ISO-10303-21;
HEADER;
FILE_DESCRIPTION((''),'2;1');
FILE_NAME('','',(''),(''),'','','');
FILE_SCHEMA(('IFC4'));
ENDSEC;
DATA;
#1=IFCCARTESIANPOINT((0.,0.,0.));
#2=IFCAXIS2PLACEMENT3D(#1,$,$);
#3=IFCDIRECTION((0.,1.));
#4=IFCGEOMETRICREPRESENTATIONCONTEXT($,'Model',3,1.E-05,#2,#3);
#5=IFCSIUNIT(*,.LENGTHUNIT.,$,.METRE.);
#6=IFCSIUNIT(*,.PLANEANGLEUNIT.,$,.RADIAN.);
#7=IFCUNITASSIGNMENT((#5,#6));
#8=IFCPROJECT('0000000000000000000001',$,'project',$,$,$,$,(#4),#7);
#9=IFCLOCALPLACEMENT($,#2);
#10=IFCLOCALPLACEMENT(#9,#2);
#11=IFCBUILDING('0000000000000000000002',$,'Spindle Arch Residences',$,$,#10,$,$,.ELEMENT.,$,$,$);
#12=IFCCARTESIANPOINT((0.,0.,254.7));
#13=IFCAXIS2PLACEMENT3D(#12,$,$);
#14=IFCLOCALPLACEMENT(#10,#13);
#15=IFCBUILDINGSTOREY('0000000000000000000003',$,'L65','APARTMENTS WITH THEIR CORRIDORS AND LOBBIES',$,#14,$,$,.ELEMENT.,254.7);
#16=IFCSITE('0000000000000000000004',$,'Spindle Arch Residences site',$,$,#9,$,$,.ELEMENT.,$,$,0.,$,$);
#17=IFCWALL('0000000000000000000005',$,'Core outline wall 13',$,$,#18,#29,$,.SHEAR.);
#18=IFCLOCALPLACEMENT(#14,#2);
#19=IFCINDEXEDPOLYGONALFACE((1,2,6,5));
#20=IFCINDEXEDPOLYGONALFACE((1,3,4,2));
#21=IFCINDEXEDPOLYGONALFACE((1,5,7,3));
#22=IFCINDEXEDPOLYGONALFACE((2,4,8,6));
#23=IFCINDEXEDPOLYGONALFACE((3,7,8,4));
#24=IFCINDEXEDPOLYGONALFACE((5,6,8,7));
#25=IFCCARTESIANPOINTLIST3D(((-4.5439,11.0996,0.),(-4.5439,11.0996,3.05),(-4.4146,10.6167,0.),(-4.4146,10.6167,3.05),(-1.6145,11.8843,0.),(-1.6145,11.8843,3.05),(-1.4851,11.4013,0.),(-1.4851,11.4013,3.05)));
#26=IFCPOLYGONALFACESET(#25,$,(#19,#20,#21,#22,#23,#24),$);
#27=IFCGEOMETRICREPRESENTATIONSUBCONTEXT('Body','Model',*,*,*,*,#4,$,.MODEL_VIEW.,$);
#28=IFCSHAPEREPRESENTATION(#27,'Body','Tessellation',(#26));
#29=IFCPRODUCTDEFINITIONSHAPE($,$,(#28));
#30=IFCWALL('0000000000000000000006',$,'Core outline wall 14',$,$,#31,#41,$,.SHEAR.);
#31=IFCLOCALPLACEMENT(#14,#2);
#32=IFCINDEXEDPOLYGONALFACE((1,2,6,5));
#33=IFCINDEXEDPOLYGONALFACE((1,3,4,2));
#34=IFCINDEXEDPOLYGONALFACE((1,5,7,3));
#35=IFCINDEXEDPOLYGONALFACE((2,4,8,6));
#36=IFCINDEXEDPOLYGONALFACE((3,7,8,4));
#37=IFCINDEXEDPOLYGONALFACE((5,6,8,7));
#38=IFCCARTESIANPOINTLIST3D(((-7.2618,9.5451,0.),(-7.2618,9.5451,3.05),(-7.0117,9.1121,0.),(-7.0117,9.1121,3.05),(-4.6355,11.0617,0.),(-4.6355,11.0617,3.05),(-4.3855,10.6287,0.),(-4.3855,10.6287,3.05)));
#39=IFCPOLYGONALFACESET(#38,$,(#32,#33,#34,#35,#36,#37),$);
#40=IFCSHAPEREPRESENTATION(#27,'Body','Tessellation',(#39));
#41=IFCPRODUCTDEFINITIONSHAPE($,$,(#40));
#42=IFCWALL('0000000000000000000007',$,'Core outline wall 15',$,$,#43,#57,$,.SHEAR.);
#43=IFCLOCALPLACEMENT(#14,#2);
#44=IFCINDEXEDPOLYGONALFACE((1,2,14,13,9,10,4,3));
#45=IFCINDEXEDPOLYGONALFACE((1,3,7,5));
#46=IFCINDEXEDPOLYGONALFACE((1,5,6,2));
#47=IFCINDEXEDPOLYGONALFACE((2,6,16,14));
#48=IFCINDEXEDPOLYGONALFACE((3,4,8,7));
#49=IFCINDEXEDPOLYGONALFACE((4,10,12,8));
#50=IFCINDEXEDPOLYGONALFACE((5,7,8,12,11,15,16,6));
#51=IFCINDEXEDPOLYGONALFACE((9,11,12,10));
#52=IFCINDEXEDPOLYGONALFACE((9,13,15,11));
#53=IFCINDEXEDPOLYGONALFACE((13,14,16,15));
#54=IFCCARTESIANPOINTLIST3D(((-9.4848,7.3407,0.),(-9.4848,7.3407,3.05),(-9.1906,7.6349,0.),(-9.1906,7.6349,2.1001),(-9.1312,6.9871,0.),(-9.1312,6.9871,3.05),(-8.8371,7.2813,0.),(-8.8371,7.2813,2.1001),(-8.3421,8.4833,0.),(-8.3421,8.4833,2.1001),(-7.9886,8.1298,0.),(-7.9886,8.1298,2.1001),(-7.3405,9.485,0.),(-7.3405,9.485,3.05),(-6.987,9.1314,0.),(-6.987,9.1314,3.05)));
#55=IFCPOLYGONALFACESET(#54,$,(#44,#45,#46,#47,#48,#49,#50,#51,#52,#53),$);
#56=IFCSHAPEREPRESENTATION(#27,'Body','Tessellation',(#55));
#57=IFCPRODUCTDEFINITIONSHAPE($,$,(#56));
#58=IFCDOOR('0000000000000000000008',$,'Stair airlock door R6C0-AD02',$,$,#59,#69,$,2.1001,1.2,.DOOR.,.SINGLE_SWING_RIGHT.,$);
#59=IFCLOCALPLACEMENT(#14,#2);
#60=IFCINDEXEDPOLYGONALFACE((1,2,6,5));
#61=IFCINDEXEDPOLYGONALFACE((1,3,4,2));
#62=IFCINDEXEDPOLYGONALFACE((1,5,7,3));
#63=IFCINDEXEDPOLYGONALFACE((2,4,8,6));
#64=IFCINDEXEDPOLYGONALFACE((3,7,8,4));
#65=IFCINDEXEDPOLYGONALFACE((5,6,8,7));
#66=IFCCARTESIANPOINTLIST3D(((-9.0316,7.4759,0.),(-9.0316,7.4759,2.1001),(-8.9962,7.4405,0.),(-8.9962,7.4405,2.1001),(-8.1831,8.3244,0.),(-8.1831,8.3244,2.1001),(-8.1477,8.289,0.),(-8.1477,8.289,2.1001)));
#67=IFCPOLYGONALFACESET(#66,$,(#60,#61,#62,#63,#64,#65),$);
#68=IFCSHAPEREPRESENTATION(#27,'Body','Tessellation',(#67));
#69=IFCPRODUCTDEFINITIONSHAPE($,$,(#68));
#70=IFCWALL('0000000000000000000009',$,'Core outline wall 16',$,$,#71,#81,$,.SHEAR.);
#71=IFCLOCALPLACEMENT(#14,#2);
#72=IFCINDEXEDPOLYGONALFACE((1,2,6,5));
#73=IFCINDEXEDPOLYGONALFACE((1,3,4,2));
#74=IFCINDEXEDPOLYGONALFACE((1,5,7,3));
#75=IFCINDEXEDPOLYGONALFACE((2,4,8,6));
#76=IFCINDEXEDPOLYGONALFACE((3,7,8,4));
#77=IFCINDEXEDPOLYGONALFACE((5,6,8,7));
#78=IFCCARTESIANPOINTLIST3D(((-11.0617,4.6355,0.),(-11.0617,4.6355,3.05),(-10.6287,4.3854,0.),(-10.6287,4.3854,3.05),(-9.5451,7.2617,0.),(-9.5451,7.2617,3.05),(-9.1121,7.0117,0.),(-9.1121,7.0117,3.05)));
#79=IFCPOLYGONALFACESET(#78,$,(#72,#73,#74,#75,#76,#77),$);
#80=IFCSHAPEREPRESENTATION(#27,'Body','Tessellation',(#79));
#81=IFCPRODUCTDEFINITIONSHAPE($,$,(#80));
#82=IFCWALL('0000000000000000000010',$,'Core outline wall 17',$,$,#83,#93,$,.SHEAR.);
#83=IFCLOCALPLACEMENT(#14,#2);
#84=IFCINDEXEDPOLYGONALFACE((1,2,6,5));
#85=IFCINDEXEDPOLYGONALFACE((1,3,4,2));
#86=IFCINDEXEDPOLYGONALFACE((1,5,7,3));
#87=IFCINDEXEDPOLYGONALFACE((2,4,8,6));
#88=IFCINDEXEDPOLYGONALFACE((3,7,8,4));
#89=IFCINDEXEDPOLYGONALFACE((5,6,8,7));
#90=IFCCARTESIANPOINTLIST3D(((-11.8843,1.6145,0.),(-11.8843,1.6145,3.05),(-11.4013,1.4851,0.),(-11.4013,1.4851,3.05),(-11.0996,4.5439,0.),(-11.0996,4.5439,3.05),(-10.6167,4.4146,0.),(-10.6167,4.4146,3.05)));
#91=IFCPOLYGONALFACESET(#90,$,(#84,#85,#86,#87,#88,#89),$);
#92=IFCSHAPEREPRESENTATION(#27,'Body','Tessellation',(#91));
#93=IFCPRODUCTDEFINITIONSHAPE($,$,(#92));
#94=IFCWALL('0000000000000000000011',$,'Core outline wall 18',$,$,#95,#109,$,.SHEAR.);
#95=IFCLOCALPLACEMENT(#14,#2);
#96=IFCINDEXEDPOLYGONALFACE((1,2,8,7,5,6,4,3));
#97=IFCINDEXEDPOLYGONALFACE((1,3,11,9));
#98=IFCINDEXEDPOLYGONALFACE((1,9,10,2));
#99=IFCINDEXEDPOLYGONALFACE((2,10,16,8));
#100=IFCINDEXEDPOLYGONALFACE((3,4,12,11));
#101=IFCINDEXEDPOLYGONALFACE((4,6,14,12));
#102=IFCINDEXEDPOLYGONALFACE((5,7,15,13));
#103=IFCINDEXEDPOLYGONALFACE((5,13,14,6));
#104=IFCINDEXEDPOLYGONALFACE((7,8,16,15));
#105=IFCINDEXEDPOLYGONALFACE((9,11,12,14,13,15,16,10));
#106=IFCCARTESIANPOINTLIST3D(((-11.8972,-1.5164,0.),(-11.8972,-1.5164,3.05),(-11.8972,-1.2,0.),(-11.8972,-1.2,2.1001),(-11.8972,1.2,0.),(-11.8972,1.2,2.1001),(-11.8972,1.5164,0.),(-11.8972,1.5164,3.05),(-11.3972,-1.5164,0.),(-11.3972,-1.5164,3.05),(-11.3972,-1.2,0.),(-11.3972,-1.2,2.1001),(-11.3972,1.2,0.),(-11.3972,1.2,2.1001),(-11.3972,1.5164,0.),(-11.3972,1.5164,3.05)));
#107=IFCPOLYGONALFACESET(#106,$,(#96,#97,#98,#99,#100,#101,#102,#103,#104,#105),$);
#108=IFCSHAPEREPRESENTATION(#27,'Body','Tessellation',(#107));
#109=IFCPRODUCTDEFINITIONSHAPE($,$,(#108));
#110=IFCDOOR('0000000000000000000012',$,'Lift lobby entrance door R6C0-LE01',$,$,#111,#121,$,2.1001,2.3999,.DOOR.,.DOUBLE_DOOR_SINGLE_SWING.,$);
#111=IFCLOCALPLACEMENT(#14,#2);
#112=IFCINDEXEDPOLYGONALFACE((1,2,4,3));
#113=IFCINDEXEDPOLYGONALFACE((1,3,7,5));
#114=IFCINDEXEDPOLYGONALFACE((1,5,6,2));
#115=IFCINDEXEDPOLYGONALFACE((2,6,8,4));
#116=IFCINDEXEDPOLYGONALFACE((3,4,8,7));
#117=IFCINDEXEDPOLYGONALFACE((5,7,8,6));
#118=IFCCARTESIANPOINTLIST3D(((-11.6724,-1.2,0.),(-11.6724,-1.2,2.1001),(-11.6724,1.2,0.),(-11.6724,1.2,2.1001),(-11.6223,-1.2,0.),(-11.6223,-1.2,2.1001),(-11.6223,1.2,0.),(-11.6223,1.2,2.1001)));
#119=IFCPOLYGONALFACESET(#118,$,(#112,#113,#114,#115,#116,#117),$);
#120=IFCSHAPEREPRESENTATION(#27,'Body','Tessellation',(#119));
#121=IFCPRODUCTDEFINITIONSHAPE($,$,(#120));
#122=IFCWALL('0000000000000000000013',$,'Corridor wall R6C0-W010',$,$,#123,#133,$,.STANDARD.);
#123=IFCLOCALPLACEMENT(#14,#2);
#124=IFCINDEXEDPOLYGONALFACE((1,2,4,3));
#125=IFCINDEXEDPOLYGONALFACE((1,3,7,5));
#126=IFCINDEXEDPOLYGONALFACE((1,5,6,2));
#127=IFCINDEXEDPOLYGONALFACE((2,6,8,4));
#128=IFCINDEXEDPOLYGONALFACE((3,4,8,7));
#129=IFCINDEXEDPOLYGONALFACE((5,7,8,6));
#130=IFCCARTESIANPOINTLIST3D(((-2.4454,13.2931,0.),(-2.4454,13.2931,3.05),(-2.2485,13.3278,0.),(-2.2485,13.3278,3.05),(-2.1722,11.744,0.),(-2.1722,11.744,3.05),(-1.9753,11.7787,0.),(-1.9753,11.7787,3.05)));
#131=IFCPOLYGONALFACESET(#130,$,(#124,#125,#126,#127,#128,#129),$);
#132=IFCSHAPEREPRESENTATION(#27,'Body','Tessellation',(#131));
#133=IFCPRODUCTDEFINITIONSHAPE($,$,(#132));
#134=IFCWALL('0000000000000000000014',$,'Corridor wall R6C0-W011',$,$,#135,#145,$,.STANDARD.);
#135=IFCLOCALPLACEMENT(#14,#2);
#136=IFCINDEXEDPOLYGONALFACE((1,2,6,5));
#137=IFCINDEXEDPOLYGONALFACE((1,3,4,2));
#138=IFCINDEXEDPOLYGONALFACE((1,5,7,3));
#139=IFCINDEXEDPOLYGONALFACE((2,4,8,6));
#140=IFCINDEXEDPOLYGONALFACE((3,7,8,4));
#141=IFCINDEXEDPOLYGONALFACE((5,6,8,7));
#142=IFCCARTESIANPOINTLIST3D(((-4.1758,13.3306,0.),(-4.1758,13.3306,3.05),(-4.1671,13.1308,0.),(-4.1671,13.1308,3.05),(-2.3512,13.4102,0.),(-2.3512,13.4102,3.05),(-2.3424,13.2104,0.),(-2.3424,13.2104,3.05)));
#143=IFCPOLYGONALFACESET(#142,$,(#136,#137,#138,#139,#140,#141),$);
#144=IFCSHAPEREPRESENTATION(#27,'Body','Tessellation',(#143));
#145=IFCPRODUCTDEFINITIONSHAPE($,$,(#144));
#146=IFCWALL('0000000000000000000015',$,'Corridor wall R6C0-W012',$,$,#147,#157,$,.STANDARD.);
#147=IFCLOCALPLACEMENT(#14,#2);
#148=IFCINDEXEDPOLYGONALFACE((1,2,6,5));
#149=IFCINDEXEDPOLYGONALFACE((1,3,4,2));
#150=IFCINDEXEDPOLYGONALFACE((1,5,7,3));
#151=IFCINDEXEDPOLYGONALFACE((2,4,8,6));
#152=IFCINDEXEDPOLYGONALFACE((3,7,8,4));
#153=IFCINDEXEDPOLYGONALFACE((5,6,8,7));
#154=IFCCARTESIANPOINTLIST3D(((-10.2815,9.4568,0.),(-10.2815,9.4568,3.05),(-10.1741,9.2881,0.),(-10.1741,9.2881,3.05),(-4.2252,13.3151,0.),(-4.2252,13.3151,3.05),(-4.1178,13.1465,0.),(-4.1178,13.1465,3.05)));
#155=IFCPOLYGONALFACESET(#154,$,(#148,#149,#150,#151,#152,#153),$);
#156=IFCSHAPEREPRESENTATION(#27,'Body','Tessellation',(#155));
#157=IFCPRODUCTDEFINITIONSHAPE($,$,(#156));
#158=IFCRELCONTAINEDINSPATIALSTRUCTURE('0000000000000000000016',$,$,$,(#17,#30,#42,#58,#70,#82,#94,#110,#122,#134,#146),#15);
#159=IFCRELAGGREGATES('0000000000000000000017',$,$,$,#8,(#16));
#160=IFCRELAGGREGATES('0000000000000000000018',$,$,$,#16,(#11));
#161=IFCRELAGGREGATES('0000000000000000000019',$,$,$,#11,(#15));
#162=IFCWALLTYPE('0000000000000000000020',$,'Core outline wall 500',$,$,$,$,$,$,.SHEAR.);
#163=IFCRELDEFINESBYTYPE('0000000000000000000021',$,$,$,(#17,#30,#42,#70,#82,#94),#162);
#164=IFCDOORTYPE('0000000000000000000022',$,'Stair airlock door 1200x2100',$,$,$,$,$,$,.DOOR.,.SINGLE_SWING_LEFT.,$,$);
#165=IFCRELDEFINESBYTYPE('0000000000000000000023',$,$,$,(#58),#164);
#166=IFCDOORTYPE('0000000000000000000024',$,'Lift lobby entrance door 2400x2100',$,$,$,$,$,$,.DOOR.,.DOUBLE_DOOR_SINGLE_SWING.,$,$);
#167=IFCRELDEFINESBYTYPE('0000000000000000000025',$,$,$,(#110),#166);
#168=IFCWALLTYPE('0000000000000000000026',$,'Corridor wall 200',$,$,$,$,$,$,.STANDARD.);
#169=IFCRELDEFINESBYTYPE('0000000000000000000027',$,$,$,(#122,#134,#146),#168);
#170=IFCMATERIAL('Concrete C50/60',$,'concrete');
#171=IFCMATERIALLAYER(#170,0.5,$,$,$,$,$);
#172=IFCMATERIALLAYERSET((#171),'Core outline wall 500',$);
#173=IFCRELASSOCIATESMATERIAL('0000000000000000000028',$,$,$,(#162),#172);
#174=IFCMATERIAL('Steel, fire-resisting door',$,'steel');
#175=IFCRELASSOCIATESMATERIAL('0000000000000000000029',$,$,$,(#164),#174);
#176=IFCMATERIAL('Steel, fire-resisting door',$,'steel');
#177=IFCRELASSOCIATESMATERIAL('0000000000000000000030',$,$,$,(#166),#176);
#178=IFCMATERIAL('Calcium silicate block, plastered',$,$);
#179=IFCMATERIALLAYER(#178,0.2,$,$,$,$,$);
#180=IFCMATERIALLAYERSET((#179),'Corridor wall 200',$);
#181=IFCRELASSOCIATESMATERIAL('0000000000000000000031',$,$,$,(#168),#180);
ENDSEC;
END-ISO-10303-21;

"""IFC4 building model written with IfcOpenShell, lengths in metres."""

from ifc_helpers import new_model, si_unit, direction, frame, frame_2d, origin, place, context, subcontext, project, spatial, rectangle, extrude, material, layer, layer_set, type_object, element, fill, save


model = new_model("IFC4")

# Units and contexts
model_context = context("Model", 3, precision=1e-05, world=origin(), true_north=direction((0.0, 1.0)))
body_context = subcontext(model_context, "Body", "Model", "MODEL_VIEW")
ifc_project = project(units=[si_unit("LENGTHUNIT", "METRE"), si_unit("PLANEANGLEUNIT", "RADIAN")], contexts=[model_context])

# Site, building, storey
site_placement = place(None, origin())
site = spatial("IfcSite", under=ifc_project, at=site_placement, Name="Spindle Arch Residences site", CompositionType="ELEMENT", RefElevation=0.0)
building_placement = place(site_placement, origin())
building = spatial("IfcBuilding", under=site, at=building_placement, Name="Spindle Arch Residences", CompositionType="ELEMENT")
storey_placement = place(building_placement, frame((0.0, 0.0, 254.7)))
storey = spatial("IfcBuildingStorey", under=building, at=storey_placement, Name="L65", Description="APARTMENTS WITH THEIR CORRIDORS AND LOBBIES", CompositionType="ELEMENT", Elevation=254.7)

# Walls
ifc_material_1 = material(Name="Concrete C50/60", Category="concrete")
ifc_layer_1 = layer(ifc_material_1, 0.5)
ifc_layer_set_1 = layer_set([ifc_layer_1], Name="Core outline wall 500")
wall_type_1 = type_object("IfcWallType", Name="Core outline wall 500", PredefinedType="SHEAR", material=ifc_layer_set_1)
for number, where, z_axis, x_axis, name in (
    (1, (-1.5498, 11.6428, 0.0), (0.0, 0.0, 1.0), (-0.965948, -0.258735, 0.0), "Core outline wall 13"),
    (2, (-4.5105, 10.8452, 0.0), (0.0, 0.0, 1.0), (-0.865975, -0.500087, 0.0), "Core outline wall 14"),
):
    element("IfcWall", number, at=place(storey_placement, frame(where, z_axis=z_axis, x_axis=x_axis)), inside=storey, type_object=wall_type_1, Name=name, PredefinedType="SHEAR", context=body_context, shape_type="SweptSolid", body=[
        extrude(rectangle(XDim=3.0327, YDim=0.5, at=frame_2d((1.5164, 0.0))), origin(), (0.0, 0.0, 1.0), 3.05),
    ])

# Wall, opening, door
wall_1_placement = place(storey_placement, frame((-7.1638, 9.3081, 0.0), z_axis=(0.0, 0.0, 1.0), x_axis=(-0.707107, -0.707107, 0.0)))
wall_1 = element("IfcWall", 3, at=wall_1_placement, inside=storey, type_object=wall_type_1, Name="Core outline wall 15", PredefinedType="SHEAR", context=body_context, shape_type="SweptSolid", body=[
    extrude(rectangle(XDim=3.0325, YDim=0.5, at=frame_2d((1.5161, 0.0))), origin(), (0.0, 0.0, 1.0), 3.05),
])
opening_1_placement = place(wall_1_placement, frame((1.4163, 0.0, 0.0)))
opening_1 = element("IfcOpeningElement", 4, at=opening_1_placement, cuts=wall_1, PredefinedType="OPENING", context=body_context, shape_type="SweptSolid", body=[
    extrude(rectangle(XDim=1.2, YDim=2.1001, at=frame_2d((0.6001, 1.05))), frame((0.0, 0.26, 0.0), z_axis=(0.0, -1.0, 0.0), x_axis=(1.0, 0.0, 0.0)), (0.0, 0.0, 1.0), 0.52),
])
ifc_material_2 = material(Name="Steel, fire-resisting door", Category="steel")
door_type_1 = type_object("IfcDoorType", Name="Stair airlock door 1200x2100", OperationType="SINGLE_SWING_LEFT", PredefinedType="DOOR", material=ifc_material_2)
door_1_placement = place(opening_1_placement, origin())
door_1 = element("IfcDoor", 5, at=door_1_placement, inside=storey, type_object=door_type_1, Name="Stair airlock door R6C0-AD02", OperationType="SINGLE_SWING_RIGHT", OverallHeight=2.1001, OverallWidth=1.2, PredefinedType="DOOR", context=body_context, shape_type="SweptSolid", body=[
    extrude(rectangle(XDim=1.2, YDim=2.1001, at=frame_2d((0.6001, 1.05))), frame((0.0, 0.0249, 0.0), z_axis=(0.0, -1.0, 0.0), x_axis=(1.0, 0.0, 0.0)), (0.0, 0.0, 1.0), 0.05),
])
fill(opening_1, door_1)

# Walls
for number, where, z_axis, x_axis, name in (
    (6, (-9.3286, 7.1367, 0.0), (0.0, 0.0, 1.0), (-0.500087, -0.865975, 0.0), "Core outline wall 16"),
    (7, (-10.8582, 4.4792, 0.0), (0.0, 0.0, 1.0), (-0.258735, -0.965948, 0.0), "Core outline wall 17"),
):
    element("IfcWall", number, at=place(storey_placement, frame(where, z_axis=z_axis, x_axis=x_axis)), inside=storey, type_object=wall_type_1, Name=name, PredefinedType="SHEAR", context=body_context, shape_type="SweptSolid", body=[
        extrude(rectangle(XDim=3.0327, YDim=0.5, at=frame_2d((1.5164, 0.0))), origin(), (0.0, 0.0, 1.0), 3.05),
    ])

# Wall, opening, door
wall_2_placement = place(storey_placement, frame((-11.6472, 1.5164, 0.0), z_axis=(0.0, 0.0, 1.0), x_axis=(0.0, -1.0, 0.0)))
wall_2 = element("IfcWall", 8, at=wall_2_placement, inside=storey, type_object=wall_type_1, Name="Core outline wall 18", PredefinedType="SHEAR", context=body_context, shape_type="SweptSolid", body=[
    extrude(rectangle(XDim=3.0327, YDim=0.5, at=frame_2d((1.5164, 0.0))), origin(), (0.0, 0.0, 1.0), 3.05),
])
opening_2_placement = place(wall_2_placement, frame((0.3164, 0.0, 0.0)))
opening_2 = element("IfcOpeningElement", 9, at=opening_2_placement, cuts=wall_2, PredefinedType="OPENING", context=body_context, shape_type="SweptSolid", body=[
    extrude(rectangle(XDim=2.3999, YDim=2.1001, at=frame_2d((1.2, 1.05))), frame((0.0, 0.26, 0.0), z_axis=(0.0, -1.0, 0.0), x_axis=(1.0, 0.0, 0.0)), (0.0, 0.0, 1.0), 0.52),
])
ifc_material_3 = material(Name="Steel, fire-resisting door", Category="steel")
door_type_2 = type_object("IfcDoorType", Name="Lift lobby entrance door 2400x2100", OperationType="DOUBLE_DOOR_SINGLE_SWING", PredefinedType="DOOR", material=ifc_material_3)
door_2_placement = place(opening_2_placement, origin())
door_2 = element("IfcDoor", 10, at=door_2_placement, inside=storey, type_object=door_type_2, Name="Lift lobby entrance door R6C0-LE01", OperationType="DOUBLE_DOOR_SINGLE_SWING", OverallHeight=2.1001, OverallWidth=2.3999, PredefinedType="DOOR", context=body_context, shape_type="SweptSolid", body=[
    extrude(rectangle(XDim=2.3999, YDim=2.1001, at=frame_2d((1.2, 1.05))), frame((0.0, 0.0249, 0.0), z_axis=(0.0, -1.0, 0.0), x_axis=(1.0, 0.0, 0.0)), (0.0, 0.0, 1.0), 0.05),
])
fill(opening_2, door_2)

# Walls
ifc_material_4 = material(Name="Calcium silicate block, plastered")
ifc_layer_2 = layer(ifc_material_4, 0.2)
ifc_layer_set_2 = layer_set([ifc_layer_2], Name="Corridor wall 200")
wall_type_2 = type_object("IfcWallType", Name="Corridor wall 200", PredefinedType="STANDARD", material=ifc_layer_set_2)
wall_3_placement = place(storey_placement, frame((-2.0737, 11.7612, 0.0), z_axis=(0.0, 0.0, 1.0), x_axis=(-0.173679, 0.984802, 0.0)))
element("IfcWall", 11, at=wall_3_placement, inside=storey, type_object=wall_type_2, Name="Corridor wall R6C0-W010", PredefinedType="STANDARD", context=body_context, shape_type="SweptSolid", body=[
    extrude(rectangle(XDim=1.573, YDim=0.2, at=frame_2d((0.7866, 0.0))), origin(), (0.0, 0.0, 1.0), 3.05),
])
wall_4_placement = place(storey_placement, frame((-2.3469, 13.3103, 0.0), z_axis=(0.0, 0.0, 1.0), x_axis=(-0.99905, -0.043576, 0.0)))
element("IfcWall", 12, at=wall_4_placement, inside=storey, type_object=wall_type_2, Name="Corridor wall R6C0-W011", PredefinedType="STANDARD", context=body_context, shape_type="SweptSolid", body=[
    extrude(rectangle(XDim=1.8264, YDim=0.2, at=frame_2d((0.9131, 0.0))), origin(), (0.0, 0.0, 1.0), 3.05),
])
wall_5_placement = place(storey_placement, frame((-4.1716, 13.2307, 0.0), z_axis=(0.0, 0.0, 1.0), x_axis=(-0.843388, -0.537304, 0.0)))
element("IfcWall", 13, at=wall_5_placement, inside=storey, type_object=wall_type_2, Name="Corridor wall R6C0-W012", PredefinedType="STANDARD", context=body_context, shape_type="SweptSolid", body=[
    extrude(rectangle(XDim=7.1809, YDim=0.2, at=frame_2d((3.5903, 0.0))), origin(), (0.0, 0.0, 1.0), 3.05),
])

save(model, "model.ifc")
